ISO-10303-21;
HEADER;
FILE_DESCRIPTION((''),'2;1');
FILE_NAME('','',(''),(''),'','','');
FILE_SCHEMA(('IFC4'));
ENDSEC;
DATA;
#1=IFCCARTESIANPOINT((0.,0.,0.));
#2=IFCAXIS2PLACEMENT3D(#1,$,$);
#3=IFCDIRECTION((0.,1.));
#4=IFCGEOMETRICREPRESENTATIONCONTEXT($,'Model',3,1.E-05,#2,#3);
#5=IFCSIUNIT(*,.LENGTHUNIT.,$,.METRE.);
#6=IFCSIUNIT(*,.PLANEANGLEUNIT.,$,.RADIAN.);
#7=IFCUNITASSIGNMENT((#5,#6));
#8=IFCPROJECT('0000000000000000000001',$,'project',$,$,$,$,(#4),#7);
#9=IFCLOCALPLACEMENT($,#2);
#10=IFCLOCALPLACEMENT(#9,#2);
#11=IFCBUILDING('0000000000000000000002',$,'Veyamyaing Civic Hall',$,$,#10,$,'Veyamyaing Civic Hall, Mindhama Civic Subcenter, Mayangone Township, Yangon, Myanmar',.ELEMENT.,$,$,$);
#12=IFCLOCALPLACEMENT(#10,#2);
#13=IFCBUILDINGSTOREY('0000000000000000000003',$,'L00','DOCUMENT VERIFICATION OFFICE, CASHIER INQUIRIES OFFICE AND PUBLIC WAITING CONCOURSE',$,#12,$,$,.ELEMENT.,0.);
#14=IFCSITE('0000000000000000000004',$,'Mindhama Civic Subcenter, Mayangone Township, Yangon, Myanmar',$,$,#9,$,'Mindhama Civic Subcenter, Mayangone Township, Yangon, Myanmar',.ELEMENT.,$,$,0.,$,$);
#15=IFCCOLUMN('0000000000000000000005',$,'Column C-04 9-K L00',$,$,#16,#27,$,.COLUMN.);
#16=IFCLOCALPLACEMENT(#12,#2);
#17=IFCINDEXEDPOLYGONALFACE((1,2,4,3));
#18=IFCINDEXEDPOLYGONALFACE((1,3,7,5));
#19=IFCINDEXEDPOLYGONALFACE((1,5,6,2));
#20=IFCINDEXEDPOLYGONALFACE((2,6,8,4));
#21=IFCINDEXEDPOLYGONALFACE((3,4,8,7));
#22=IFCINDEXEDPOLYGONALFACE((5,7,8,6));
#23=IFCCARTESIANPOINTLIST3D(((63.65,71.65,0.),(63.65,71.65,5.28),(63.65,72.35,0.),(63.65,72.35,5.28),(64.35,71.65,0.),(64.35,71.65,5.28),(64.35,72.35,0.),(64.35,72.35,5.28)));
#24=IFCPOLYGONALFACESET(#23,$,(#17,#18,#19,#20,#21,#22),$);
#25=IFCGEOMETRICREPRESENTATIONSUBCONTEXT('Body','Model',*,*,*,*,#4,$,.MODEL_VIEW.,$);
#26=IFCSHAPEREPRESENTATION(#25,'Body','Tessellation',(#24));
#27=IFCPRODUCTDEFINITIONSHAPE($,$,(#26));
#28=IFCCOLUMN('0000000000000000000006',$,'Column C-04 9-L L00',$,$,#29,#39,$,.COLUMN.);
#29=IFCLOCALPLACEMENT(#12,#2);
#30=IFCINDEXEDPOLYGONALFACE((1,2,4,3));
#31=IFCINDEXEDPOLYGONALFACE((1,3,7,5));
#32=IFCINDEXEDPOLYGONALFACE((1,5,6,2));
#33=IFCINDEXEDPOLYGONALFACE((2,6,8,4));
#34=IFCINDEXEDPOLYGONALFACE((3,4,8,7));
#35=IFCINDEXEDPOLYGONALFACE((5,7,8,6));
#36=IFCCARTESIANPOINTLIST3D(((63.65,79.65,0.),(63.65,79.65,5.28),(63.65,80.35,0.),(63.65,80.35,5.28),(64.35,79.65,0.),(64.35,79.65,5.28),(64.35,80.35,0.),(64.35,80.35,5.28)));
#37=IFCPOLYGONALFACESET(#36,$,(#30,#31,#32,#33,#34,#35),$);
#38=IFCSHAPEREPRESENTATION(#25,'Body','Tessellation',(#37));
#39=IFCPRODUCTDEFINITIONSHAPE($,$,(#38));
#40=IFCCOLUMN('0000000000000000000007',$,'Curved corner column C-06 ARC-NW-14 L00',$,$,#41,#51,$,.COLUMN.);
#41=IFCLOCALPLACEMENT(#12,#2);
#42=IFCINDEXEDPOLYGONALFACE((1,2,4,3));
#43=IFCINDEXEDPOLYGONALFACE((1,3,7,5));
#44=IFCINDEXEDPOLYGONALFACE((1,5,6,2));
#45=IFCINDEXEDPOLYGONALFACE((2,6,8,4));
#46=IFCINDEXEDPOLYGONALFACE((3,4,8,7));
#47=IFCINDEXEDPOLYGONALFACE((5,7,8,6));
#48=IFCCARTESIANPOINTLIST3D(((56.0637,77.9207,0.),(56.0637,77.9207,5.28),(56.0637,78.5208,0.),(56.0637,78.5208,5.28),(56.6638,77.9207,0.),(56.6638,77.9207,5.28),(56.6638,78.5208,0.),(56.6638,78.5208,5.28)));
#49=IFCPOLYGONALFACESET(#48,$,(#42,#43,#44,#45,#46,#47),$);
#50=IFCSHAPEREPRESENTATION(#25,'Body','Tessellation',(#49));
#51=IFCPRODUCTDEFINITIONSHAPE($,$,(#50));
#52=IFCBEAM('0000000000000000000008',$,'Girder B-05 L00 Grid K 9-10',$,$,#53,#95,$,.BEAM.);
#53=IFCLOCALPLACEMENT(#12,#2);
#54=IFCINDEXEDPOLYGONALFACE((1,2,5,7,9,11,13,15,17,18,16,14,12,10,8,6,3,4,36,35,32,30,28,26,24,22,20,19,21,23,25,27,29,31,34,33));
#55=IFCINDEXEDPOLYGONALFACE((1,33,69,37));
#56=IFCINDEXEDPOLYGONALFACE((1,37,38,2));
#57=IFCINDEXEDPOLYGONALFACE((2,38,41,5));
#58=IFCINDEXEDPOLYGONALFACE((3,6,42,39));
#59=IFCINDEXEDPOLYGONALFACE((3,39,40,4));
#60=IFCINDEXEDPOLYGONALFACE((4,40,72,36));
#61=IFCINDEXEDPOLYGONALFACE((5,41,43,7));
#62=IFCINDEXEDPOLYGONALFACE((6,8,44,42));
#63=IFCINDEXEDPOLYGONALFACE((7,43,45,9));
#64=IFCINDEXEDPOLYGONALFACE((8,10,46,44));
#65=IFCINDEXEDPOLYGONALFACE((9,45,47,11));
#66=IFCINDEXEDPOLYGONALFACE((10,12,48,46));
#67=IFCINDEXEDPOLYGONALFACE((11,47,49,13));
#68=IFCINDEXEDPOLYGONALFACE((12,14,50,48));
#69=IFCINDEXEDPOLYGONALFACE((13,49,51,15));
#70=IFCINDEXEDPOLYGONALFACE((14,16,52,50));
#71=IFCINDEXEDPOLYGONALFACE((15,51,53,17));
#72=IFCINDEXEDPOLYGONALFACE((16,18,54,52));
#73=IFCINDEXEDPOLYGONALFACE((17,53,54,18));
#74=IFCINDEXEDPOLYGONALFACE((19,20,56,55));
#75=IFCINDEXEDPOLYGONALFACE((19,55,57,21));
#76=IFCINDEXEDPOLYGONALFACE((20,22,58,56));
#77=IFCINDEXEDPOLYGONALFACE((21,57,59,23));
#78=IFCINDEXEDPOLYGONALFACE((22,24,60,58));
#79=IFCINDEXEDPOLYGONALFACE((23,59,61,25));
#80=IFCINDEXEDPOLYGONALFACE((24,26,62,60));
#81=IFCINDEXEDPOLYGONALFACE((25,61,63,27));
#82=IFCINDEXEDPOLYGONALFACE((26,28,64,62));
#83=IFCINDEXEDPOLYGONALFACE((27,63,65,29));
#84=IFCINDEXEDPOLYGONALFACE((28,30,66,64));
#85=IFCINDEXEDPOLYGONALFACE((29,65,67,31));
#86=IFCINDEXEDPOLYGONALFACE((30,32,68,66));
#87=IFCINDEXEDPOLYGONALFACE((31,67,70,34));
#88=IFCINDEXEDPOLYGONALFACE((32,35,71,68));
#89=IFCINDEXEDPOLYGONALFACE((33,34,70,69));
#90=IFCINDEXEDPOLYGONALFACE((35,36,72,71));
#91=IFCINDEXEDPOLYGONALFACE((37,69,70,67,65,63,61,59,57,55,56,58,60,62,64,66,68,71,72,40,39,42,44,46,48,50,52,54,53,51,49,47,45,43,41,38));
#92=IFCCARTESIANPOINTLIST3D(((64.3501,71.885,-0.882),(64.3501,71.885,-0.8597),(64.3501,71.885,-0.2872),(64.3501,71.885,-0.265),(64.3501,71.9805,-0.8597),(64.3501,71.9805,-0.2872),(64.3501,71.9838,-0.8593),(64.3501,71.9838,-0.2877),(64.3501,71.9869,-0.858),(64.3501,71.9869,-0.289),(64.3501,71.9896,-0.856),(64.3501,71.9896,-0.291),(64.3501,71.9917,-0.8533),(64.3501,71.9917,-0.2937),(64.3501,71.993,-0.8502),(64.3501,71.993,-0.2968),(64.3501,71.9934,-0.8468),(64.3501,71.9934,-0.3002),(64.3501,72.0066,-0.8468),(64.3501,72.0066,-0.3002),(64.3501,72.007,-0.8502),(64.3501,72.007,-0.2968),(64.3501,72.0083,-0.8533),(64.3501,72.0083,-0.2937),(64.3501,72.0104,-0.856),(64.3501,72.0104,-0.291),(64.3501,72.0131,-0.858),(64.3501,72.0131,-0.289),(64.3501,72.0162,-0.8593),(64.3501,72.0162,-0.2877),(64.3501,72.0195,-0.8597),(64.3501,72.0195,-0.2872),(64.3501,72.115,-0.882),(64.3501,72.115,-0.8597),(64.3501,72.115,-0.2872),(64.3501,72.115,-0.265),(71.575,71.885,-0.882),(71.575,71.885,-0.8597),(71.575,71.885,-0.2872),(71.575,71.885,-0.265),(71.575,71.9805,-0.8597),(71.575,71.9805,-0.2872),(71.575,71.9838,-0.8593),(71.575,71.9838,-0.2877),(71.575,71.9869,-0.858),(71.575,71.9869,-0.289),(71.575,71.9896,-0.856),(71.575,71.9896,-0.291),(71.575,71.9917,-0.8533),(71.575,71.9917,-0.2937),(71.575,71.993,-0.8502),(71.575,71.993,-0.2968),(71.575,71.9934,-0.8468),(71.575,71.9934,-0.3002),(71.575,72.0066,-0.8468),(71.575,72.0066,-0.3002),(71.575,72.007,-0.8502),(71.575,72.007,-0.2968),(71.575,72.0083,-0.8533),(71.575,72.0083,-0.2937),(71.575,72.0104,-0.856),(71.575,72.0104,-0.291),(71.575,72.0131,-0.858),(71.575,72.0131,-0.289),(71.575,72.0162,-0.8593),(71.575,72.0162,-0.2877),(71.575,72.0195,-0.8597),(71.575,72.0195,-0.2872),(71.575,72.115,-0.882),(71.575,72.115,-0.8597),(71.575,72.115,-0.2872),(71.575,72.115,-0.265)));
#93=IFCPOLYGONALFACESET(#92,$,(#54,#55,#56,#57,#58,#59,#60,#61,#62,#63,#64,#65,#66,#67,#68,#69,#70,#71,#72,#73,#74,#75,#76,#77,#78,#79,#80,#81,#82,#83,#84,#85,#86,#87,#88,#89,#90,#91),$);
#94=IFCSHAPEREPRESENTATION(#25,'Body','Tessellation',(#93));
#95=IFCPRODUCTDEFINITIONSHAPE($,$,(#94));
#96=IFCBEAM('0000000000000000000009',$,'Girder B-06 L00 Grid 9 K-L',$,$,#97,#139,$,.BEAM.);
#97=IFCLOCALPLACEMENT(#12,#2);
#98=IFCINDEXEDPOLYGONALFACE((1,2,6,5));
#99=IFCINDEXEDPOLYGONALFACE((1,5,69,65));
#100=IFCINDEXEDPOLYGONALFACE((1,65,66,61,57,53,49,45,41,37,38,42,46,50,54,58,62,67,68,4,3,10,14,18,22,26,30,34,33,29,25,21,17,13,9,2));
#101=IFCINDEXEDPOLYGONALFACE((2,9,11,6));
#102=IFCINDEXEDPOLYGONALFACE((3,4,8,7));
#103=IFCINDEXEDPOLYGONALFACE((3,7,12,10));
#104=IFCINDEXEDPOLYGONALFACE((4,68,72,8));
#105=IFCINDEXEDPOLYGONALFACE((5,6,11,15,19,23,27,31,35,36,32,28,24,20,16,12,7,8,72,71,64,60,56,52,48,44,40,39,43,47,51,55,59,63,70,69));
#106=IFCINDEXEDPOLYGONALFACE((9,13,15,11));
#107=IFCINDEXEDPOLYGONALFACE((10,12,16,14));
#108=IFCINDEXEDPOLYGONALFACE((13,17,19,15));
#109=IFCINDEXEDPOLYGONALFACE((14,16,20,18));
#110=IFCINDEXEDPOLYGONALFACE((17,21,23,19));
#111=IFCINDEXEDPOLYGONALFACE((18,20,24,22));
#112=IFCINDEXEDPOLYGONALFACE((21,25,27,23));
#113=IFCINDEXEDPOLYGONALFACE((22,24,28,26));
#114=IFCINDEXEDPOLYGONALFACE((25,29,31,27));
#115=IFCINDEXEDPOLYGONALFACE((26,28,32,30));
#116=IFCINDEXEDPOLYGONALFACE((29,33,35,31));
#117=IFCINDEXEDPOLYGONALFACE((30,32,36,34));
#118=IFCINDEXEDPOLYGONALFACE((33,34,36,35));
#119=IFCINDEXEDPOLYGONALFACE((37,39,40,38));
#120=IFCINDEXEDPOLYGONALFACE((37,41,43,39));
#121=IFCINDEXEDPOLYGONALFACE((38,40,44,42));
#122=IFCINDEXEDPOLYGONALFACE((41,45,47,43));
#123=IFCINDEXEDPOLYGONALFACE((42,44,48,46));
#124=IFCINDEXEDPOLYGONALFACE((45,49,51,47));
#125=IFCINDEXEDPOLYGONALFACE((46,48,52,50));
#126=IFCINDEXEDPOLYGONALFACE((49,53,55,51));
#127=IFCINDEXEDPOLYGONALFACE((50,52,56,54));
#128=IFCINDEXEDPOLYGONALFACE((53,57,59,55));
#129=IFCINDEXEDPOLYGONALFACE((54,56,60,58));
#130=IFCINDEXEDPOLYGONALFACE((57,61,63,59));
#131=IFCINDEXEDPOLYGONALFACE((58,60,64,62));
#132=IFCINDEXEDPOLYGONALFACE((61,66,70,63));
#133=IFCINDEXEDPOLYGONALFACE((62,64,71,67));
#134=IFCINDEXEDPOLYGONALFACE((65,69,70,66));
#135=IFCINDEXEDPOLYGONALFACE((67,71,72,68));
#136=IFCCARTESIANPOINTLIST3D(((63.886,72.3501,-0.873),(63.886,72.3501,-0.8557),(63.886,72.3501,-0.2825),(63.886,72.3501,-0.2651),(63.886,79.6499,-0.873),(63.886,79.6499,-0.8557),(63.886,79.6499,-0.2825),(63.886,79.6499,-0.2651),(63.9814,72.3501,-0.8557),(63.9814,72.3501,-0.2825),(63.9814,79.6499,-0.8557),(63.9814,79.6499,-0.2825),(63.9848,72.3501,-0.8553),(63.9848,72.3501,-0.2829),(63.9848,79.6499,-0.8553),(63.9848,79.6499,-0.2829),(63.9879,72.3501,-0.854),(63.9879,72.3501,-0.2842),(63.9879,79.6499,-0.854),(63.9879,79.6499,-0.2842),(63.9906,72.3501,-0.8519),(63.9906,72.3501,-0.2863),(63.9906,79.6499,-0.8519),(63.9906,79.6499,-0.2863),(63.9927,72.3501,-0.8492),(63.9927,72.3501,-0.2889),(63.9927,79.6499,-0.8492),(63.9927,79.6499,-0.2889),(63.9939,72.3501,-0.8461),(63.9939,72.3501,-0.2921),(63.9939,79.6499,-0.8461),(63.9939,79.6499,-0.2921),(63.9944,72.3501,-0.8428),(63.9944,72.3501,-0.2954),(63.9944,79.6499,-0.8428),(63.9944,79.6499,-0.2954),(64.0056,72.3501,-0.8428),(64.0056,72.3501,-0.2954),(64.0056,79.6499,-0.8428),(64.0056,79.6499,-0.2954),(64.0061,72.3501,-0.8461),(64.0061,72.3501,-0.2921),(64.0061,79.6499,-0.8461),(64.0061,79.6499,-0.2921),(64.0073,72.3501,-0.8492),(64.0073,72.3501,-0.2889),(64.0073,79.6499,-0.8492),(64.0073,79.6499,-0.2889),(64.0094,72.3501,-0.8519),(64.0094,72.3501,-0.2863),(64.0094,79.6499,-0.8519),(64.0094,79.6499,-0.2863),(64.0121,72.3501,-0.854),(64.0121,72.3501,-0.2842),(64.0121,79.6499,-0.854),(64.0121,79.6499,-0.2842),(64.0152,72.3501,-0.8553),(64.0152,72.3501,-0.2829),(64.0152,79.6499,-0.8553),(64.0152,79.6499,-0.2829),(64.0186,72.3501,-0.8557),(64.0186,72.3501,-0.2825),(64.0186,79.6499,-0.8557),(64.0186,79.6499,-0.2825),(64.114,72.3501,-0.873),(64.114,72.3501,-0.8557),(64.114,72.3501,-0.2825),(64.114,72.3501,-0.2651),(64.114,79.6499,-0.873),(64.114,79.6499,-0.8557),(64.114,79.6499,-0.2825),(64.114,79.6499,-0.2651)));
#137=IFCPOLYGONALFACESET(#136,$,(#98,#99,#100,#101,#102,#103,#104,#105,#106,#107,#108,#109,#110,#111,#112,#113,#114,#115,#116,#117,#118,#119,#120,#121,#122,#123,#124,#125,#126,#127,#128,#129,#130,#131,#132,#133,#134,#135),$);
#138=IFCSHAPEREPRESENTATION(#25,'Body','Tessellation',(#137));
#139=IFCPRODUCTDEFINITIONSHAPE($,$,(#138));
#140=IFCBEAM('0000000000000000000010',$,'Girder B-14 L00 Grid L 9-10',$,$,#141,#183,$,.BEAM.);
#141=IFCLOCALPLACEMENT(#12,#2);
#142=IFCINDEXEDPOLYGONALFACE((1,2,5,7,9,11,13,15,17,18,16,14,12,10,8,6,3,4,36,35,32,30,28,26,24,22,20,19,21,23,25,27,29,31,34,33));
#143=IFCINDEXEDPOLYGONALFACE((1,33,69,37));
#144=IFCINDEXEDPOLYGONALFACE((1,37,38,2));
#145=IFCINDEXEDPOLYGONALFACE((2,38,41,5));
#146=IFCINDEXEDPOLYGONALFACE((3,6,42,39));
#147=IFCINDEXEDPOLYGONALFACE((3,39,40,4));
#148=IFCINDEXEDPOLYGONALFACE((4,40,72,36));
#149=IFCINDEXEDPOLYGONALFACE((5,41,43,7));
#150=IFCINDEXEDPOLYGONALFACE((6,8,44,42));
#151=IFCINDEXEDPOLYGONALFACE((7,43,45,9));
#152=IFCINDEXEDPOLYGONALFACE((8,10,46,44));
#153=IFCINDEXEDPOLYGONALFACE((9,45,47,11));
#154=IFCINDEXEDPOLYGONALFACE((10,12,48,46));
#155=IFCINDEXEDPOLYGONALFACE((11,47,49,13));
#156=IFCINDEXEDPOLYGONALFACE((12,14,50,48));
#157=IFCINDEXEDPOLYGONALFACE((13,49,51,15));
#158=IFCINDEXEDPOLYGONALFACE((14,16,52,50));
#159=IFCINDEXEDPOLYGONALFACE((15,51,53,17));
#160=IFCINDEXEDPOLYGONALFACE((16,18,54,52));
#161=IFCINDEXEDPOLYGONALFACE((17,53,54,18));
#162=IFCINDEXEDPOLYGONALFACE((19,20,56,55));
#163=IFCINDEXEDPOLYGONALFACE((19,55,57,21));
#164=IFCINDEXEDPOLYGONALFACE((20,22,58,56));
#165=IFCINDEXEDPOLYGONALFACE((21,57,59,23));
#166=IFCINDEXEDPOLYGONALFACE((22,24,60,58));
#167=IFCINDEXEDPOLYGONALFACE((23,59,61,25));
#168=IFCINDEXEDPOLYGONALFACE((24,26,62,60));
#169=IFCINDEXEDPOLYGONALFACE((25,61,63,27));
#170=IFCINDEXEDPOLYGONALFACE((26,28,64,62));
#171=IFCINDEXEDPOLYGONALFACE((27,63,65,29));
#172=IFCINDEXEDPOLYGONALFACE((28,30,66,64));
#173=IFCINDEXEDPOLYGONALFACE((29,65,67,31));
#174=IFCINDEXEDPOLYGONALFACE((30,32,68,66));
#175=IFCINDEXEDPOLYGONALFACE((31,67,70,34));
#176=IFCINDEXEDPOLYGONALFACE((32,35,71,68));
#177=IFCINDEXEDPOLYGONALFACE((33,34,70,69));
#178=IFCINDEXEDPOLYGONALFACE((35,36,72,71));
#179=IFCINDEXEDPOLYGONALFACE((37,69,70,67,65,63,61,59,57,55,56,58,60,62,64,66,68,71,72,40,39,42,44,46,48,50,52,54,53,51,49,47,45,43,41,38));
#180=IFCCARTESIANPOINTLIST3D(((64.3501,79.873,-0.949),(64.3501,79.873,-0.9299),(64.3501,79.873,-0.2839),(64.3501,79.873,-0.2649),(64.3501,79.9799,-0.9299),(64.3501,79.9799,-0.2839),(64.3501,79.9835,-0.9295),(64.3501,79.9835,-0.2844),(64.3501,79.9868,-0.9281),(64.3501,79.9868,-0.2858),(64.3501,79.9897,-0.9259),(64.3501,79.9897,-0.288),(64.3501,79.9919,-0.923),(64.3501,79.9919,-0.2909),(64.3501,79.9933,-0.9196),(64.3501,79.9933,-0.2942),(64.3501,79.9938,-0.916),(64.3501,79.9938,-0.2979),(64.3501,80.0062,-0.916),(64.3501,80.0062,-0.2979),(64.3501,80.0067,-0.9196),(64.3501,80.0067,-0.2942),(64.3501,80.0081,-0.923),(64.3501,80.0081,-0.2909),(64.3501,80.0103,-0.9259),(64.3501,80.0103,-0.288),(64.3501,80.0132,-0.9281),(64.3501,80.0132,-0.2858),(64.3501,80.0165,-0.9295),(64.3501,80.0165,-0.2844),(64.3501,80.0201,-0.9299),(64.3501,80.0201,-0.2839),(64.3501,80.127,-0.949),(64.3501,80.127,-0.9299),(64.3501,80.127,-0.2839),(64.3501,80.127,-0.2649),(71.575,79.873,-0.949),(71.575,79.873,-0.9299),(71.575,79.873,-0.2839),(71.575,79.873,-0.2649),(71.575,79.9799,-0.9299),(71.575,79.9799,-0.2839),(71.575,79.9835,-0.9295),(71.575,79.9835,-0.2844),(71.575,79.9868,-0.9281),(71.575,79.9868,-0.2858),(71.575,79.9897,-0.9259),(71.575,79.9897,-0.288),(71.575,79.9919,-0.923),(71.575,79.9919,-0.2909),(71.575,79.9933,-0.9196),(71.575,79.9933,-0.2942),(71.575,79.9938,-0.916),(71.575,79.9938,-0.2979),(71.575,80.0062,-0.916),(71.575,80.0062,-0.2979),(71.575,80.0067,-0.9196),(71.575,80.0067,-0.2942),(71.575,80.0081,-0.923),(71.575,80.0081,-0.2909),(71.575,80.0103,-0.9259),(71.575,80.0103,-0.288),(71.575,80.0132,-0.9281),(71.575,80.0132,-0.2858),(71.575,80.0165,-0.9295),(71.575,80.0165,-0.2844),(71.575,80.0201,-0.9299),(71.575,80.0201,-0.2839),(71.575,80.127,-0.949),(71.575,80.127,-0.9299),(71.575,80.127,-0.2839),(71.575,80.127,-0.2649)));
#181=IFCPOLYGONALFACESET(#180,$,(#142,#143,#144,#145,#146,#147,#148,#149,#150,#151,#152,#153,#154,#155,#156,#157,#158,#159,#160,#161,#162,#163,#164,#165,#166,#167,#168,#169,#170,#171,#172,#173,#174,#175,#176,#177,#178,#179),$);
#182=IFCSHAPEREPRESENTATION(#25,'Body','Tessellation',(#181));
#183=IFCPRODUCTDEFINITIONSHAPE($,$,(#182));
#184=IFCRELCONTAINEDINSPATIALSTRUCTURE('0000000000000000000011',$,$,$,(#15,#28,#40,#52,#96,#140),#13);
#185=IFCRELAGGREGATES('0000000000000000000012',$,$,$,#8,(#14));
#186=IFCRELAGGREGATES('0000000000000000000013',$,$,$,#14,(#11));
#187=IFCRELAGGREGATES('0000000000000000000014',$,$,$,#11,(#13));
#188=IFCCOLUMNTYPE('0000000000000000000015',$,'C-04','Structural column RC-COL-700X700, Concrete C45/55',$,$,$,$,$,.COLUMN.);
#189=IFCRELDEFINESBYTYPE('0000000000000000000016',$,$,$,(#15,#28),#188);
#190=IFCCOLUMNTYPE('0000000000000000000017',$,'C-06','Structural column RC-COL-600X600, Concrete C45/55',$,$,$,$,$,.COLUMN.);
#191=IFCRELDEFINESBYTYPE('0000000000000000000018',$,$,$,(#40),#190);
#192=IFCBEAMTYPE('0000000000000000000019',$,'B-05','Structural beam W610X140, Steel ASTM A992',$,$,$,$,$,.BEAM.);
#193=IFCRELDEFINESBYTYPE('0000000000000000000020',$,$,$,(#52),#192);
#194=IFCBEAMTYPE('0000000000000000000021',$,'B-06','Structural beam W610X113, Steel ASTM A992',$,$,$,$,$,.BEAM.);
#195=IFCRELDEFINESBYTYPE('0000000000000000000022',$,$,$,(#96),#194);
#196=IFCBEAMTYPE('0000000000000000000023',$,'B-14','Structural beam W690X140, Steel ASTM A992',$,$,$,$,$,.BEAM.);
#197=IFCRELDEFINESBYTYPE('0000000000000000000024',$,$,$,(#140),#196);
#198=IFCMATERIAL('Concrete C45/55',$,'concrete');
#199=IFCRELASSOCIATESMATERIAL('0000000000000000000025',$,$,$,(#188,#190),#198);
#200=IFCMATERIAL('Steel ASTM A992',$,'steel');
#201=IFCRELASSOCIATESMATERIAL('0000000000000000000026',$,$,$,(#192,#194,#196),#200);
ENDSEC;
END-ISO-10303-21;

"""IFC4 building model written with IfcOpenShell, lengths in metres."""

from ifc_helpers import new_model, si_unit, direction, frame, origin, origin_2d, place, context, subcontext, project, spatial, rectangle, i_section, extrude, material, material_profile, profile_set, type_object, element, save


model = new_model("IFC4")

# Units and contexts
model_context = context("Model", 3, precision=1e-05, world=origin(), true_north=direction((0.0, 1.0)))
body_context = subcontext(model_context, "Body", "Model", "MODEL_VIEW")
ifc_project = project(units=[si_unit("LENGTHUNIT", "METRE"), si_unit("PLANEANGLEUNIT", "RADIAN")], contexts=[model_context])

# Site, building, storey
site_placement = place(None, origin())
site = spatial("IfcSite", under=ifc_project, at=site_placement, Name="Mindhama Civic Subcenter, Mayangone Township, Yangon, Myanmar", LongName="Mindhama Civic Subcenter, Mayangone Township, Yangon, Myanmar", CompositionType="ELEMENT", RefElevation=0.0)
building_placement = place(site_placement, origin())
building = spatial("IfcBuilding", under=site, at=building_placement, Name="Veyamyaing Civic Hall", LongName="Veyamyaing Civic Hall, Mindhama Civic Subcenter, Mayangone Township, Yangon, Myanmar", CompositionType="ELEMENT")
storey_placement = place(building_placement, origin())
storey = spatial("IfcBuildingStorey", under=building, at=storey_placement, Name="L00", Description="DOCUMENT VERIFICATION OFFICE, CASHIER INQUIRIES OFFICE AND PUBLIC WAITING CONCOURSE", CompositionType="ELEMENT", Elevation=0.0)

# Columns
ifc_material_1 = material(Name="Concrete C45/55", Category="concrete")
ifc_material_profile_1 = material_profile(ifc_material_1, rectangle(XDim=0.7, YDim=0.7, at=origin_2d()), Name="RC-COL-700X700")
ifc_profile_set_1 = profile_set([ifc_material_profile_1], Name="Concrete C45/55")
column_type_1 = type_object("IfcColumnType", Name="C-04", Description="Structural column RC-COL-700X700, Concrete C45/55", PredefinedType="COLUMN", material=ifc_profile_set_1)
for number, where, z_axis, x_axis, name in (
    (1, (64.0, 72.0, 0.0), (0.0, 0.0, 1.0), (1.0, 0.0, 0.0), "Column C-04 9-K L00"),
    (2, (64.0, 80.0, 0.0), (0.0, 0.0, 1.0), (1.0, 0.0, 0.0), "Column C-04 9-L L00"),
):
    element("IfcColumn", number, at=place(storey_placement, frame(where, z_axis=z_axis, x_axis=x_axis)), inside=storey, type_object=column_type_1, Name=name, PredefinedType="COLUMN", context=body_context, shape_type="SweptSolid", body=[
        extrude(rectangle(XDim=0.7, YDim=0.7, at=origin_2d()), origin(), (0.0, 0.0, 1.0), 5.28),
    ])
ifc_material_profile_2 = material_profile(ifc_material_1, rectangle(XDim=0.6001, YDim=0.6001, at=origin_2d()), Name="RC-COL-600X600")
ifc_profile_set_2 = profile_set([ifc_material_profile_2], Name="Concrete C45/55")
column_type_2 = type_object("IfcColumnType", Name="C-06", Description="Structural column RC-COL-600X600, Concrete C45/55", PredefinedType="COLUMN", material=ifc_profile_set_2)
column_placement = place(storey_placement, frame((56.3638, 78.2207, 0.0), z_axis=(0.0, 0.0, 1.0), x_axis=(1.0, 0.0, 0.0)))
element("IfcColumn", 3, at=column_placement, inside=storey, type_object=column_type_2, Name="Curved corner column C-06 ARC-NW-14 L00", PredefinedType="COLUMN", context=body_context, shape_type="SweptSolid", body=[
    extrude(rectangle(XDim=0.6001, YDim=0.6001, at=origin_2d()), origin(), (0.0, 0.0, 1.0), 5.28),
])

# Beams
ifc_material_2 = material(Name="Steel ASTM A992", Category="steel")
ifc_material_profile_3 = material_profile(ifc_material_2, i_section(OverallWidth=0.23, OverallDepth=0.6169, WebThickness=0.0132, FlangeThickness=0.0222, FilletRadius=0.0129, at=origin_2d()), Name="W610X140")
ifc_profile_set_3 = profile_set([ifc_material_profile_3], Name="Steel ASTM A992")
beam_type_1 = type_object("IfcBeamType", Name="B-05", Description="Structural beam W610X140, Steel ASTM A992", PredefinedType="BEAM", material=ifc_profile_set_3)
beam_1_placement = place(storey_placement, frame((64.3501, 72.0, -0.5735), z_axis=(1.0, 0.0, 0.0), x_axis=(0.0, 1.0, 0.0)))
element("IfcBeam", 4, at=beam_1_placement, inside=storey, type_object=beam_type_1, Name="Girder B-05 L00 Grid K 9-10", PredefinedType="BEAM", context=body_context, shape_type="SweptSolid", body=[
    extrude(i_section(OverallWidth=0.23, OverallDepth=0.6169, WebThickness=0.0132, FlangeThickness=0.0222, FilletRadius=0.0129, at=origin_2d()), origin(), (0.0, 0.0, 1.0), 7.2249),
])
ifc_material_profile_4 = material_profile(ifc_material_2, i_section(OverallWidth=0.228, OverallDepth=0.6079, WebThickness=0.0112, FlangeThickness=0.0173, FilletRadius=0.0129, at=origin_2d()), Name="W610X113")
ifc_profile_set_4 = profile_set([ifc_material_profile_4], Name="Steel ASTM A992")
beam_type_2 = type_object("IfcBeamType", Name="B-06", Description="Structural beam W610X113, Steel ASTM A992", PredefinedType="BEAM", material=ifc_profile_set_4)
beam_2_placement = place(storey_placement, frame((64.0, 72.3501, -0.5691), z_axis=(0.0, 1.0, 0.0), x_axis=(-1.0, 0.0, 0.0)))
element("IfcBeam", 5, at=beam_2_placement, inside=storey, type_object=beam_type_2, Name="Girder B-06 L00 Grid 9 K-L", PredefinedType="BEAM", context=body_context, shape_type="SweptSolid", body=[
    extrude(i_section(OverallWidth=0.228, OverallDepth=0.6079, WebThickness=0.0112, FlangeThickness=0.0173, FilletRadius=0.0129, at=origin_2d()), origin(), (0.0, 0.0, 1.0), 7.2998),
])
ifc_material_profile_5 = material_profile(ifc_material_2, i_section(OverallWidth=0.2539, OverallDepth=0.6841, WebThickness=0.0125, FlangeThickness=0.019, FilletRadius=0.0139, at=origin_2d()), Name="W690X140")
ifc_profile_set_5 = profile_set([ifc_material_profile_5], Name="Steel ASTM A992")
beam_type_3 = type_object("IfcBeamType", Name="B-14", Description="Structural beam W690X140, Steel ASTM A992", PredefinedType="BEAM", material=ifc_profile_set_5)
beam_3_placement = place(storey_placement, frame((64.3501, 80.0, -0.6069), z_axis=(1.0, 0.0, 0.0), x_axis=(0.0, 1.0, 0.0)))
element("IfcBeam", 6, at=beam_3_placement, inside=storey, type_object=beam_type_3, Name="Girder B-14 L00 Grid L 9-10", PredefinedType="BEAM", context=body_context, shape_type="SweptSolid", body=[
    extrude(i_section(OverallWidth=0.2539, OverallDepth=0.6841, WebThickness=0.0125, FlangeThickness=0.019, FilletRadius=0.0139, at=origin_2d()), origin(), (0.0, 0.0, 1.0), 7.2249),
])

save(model, "model.ifc")
